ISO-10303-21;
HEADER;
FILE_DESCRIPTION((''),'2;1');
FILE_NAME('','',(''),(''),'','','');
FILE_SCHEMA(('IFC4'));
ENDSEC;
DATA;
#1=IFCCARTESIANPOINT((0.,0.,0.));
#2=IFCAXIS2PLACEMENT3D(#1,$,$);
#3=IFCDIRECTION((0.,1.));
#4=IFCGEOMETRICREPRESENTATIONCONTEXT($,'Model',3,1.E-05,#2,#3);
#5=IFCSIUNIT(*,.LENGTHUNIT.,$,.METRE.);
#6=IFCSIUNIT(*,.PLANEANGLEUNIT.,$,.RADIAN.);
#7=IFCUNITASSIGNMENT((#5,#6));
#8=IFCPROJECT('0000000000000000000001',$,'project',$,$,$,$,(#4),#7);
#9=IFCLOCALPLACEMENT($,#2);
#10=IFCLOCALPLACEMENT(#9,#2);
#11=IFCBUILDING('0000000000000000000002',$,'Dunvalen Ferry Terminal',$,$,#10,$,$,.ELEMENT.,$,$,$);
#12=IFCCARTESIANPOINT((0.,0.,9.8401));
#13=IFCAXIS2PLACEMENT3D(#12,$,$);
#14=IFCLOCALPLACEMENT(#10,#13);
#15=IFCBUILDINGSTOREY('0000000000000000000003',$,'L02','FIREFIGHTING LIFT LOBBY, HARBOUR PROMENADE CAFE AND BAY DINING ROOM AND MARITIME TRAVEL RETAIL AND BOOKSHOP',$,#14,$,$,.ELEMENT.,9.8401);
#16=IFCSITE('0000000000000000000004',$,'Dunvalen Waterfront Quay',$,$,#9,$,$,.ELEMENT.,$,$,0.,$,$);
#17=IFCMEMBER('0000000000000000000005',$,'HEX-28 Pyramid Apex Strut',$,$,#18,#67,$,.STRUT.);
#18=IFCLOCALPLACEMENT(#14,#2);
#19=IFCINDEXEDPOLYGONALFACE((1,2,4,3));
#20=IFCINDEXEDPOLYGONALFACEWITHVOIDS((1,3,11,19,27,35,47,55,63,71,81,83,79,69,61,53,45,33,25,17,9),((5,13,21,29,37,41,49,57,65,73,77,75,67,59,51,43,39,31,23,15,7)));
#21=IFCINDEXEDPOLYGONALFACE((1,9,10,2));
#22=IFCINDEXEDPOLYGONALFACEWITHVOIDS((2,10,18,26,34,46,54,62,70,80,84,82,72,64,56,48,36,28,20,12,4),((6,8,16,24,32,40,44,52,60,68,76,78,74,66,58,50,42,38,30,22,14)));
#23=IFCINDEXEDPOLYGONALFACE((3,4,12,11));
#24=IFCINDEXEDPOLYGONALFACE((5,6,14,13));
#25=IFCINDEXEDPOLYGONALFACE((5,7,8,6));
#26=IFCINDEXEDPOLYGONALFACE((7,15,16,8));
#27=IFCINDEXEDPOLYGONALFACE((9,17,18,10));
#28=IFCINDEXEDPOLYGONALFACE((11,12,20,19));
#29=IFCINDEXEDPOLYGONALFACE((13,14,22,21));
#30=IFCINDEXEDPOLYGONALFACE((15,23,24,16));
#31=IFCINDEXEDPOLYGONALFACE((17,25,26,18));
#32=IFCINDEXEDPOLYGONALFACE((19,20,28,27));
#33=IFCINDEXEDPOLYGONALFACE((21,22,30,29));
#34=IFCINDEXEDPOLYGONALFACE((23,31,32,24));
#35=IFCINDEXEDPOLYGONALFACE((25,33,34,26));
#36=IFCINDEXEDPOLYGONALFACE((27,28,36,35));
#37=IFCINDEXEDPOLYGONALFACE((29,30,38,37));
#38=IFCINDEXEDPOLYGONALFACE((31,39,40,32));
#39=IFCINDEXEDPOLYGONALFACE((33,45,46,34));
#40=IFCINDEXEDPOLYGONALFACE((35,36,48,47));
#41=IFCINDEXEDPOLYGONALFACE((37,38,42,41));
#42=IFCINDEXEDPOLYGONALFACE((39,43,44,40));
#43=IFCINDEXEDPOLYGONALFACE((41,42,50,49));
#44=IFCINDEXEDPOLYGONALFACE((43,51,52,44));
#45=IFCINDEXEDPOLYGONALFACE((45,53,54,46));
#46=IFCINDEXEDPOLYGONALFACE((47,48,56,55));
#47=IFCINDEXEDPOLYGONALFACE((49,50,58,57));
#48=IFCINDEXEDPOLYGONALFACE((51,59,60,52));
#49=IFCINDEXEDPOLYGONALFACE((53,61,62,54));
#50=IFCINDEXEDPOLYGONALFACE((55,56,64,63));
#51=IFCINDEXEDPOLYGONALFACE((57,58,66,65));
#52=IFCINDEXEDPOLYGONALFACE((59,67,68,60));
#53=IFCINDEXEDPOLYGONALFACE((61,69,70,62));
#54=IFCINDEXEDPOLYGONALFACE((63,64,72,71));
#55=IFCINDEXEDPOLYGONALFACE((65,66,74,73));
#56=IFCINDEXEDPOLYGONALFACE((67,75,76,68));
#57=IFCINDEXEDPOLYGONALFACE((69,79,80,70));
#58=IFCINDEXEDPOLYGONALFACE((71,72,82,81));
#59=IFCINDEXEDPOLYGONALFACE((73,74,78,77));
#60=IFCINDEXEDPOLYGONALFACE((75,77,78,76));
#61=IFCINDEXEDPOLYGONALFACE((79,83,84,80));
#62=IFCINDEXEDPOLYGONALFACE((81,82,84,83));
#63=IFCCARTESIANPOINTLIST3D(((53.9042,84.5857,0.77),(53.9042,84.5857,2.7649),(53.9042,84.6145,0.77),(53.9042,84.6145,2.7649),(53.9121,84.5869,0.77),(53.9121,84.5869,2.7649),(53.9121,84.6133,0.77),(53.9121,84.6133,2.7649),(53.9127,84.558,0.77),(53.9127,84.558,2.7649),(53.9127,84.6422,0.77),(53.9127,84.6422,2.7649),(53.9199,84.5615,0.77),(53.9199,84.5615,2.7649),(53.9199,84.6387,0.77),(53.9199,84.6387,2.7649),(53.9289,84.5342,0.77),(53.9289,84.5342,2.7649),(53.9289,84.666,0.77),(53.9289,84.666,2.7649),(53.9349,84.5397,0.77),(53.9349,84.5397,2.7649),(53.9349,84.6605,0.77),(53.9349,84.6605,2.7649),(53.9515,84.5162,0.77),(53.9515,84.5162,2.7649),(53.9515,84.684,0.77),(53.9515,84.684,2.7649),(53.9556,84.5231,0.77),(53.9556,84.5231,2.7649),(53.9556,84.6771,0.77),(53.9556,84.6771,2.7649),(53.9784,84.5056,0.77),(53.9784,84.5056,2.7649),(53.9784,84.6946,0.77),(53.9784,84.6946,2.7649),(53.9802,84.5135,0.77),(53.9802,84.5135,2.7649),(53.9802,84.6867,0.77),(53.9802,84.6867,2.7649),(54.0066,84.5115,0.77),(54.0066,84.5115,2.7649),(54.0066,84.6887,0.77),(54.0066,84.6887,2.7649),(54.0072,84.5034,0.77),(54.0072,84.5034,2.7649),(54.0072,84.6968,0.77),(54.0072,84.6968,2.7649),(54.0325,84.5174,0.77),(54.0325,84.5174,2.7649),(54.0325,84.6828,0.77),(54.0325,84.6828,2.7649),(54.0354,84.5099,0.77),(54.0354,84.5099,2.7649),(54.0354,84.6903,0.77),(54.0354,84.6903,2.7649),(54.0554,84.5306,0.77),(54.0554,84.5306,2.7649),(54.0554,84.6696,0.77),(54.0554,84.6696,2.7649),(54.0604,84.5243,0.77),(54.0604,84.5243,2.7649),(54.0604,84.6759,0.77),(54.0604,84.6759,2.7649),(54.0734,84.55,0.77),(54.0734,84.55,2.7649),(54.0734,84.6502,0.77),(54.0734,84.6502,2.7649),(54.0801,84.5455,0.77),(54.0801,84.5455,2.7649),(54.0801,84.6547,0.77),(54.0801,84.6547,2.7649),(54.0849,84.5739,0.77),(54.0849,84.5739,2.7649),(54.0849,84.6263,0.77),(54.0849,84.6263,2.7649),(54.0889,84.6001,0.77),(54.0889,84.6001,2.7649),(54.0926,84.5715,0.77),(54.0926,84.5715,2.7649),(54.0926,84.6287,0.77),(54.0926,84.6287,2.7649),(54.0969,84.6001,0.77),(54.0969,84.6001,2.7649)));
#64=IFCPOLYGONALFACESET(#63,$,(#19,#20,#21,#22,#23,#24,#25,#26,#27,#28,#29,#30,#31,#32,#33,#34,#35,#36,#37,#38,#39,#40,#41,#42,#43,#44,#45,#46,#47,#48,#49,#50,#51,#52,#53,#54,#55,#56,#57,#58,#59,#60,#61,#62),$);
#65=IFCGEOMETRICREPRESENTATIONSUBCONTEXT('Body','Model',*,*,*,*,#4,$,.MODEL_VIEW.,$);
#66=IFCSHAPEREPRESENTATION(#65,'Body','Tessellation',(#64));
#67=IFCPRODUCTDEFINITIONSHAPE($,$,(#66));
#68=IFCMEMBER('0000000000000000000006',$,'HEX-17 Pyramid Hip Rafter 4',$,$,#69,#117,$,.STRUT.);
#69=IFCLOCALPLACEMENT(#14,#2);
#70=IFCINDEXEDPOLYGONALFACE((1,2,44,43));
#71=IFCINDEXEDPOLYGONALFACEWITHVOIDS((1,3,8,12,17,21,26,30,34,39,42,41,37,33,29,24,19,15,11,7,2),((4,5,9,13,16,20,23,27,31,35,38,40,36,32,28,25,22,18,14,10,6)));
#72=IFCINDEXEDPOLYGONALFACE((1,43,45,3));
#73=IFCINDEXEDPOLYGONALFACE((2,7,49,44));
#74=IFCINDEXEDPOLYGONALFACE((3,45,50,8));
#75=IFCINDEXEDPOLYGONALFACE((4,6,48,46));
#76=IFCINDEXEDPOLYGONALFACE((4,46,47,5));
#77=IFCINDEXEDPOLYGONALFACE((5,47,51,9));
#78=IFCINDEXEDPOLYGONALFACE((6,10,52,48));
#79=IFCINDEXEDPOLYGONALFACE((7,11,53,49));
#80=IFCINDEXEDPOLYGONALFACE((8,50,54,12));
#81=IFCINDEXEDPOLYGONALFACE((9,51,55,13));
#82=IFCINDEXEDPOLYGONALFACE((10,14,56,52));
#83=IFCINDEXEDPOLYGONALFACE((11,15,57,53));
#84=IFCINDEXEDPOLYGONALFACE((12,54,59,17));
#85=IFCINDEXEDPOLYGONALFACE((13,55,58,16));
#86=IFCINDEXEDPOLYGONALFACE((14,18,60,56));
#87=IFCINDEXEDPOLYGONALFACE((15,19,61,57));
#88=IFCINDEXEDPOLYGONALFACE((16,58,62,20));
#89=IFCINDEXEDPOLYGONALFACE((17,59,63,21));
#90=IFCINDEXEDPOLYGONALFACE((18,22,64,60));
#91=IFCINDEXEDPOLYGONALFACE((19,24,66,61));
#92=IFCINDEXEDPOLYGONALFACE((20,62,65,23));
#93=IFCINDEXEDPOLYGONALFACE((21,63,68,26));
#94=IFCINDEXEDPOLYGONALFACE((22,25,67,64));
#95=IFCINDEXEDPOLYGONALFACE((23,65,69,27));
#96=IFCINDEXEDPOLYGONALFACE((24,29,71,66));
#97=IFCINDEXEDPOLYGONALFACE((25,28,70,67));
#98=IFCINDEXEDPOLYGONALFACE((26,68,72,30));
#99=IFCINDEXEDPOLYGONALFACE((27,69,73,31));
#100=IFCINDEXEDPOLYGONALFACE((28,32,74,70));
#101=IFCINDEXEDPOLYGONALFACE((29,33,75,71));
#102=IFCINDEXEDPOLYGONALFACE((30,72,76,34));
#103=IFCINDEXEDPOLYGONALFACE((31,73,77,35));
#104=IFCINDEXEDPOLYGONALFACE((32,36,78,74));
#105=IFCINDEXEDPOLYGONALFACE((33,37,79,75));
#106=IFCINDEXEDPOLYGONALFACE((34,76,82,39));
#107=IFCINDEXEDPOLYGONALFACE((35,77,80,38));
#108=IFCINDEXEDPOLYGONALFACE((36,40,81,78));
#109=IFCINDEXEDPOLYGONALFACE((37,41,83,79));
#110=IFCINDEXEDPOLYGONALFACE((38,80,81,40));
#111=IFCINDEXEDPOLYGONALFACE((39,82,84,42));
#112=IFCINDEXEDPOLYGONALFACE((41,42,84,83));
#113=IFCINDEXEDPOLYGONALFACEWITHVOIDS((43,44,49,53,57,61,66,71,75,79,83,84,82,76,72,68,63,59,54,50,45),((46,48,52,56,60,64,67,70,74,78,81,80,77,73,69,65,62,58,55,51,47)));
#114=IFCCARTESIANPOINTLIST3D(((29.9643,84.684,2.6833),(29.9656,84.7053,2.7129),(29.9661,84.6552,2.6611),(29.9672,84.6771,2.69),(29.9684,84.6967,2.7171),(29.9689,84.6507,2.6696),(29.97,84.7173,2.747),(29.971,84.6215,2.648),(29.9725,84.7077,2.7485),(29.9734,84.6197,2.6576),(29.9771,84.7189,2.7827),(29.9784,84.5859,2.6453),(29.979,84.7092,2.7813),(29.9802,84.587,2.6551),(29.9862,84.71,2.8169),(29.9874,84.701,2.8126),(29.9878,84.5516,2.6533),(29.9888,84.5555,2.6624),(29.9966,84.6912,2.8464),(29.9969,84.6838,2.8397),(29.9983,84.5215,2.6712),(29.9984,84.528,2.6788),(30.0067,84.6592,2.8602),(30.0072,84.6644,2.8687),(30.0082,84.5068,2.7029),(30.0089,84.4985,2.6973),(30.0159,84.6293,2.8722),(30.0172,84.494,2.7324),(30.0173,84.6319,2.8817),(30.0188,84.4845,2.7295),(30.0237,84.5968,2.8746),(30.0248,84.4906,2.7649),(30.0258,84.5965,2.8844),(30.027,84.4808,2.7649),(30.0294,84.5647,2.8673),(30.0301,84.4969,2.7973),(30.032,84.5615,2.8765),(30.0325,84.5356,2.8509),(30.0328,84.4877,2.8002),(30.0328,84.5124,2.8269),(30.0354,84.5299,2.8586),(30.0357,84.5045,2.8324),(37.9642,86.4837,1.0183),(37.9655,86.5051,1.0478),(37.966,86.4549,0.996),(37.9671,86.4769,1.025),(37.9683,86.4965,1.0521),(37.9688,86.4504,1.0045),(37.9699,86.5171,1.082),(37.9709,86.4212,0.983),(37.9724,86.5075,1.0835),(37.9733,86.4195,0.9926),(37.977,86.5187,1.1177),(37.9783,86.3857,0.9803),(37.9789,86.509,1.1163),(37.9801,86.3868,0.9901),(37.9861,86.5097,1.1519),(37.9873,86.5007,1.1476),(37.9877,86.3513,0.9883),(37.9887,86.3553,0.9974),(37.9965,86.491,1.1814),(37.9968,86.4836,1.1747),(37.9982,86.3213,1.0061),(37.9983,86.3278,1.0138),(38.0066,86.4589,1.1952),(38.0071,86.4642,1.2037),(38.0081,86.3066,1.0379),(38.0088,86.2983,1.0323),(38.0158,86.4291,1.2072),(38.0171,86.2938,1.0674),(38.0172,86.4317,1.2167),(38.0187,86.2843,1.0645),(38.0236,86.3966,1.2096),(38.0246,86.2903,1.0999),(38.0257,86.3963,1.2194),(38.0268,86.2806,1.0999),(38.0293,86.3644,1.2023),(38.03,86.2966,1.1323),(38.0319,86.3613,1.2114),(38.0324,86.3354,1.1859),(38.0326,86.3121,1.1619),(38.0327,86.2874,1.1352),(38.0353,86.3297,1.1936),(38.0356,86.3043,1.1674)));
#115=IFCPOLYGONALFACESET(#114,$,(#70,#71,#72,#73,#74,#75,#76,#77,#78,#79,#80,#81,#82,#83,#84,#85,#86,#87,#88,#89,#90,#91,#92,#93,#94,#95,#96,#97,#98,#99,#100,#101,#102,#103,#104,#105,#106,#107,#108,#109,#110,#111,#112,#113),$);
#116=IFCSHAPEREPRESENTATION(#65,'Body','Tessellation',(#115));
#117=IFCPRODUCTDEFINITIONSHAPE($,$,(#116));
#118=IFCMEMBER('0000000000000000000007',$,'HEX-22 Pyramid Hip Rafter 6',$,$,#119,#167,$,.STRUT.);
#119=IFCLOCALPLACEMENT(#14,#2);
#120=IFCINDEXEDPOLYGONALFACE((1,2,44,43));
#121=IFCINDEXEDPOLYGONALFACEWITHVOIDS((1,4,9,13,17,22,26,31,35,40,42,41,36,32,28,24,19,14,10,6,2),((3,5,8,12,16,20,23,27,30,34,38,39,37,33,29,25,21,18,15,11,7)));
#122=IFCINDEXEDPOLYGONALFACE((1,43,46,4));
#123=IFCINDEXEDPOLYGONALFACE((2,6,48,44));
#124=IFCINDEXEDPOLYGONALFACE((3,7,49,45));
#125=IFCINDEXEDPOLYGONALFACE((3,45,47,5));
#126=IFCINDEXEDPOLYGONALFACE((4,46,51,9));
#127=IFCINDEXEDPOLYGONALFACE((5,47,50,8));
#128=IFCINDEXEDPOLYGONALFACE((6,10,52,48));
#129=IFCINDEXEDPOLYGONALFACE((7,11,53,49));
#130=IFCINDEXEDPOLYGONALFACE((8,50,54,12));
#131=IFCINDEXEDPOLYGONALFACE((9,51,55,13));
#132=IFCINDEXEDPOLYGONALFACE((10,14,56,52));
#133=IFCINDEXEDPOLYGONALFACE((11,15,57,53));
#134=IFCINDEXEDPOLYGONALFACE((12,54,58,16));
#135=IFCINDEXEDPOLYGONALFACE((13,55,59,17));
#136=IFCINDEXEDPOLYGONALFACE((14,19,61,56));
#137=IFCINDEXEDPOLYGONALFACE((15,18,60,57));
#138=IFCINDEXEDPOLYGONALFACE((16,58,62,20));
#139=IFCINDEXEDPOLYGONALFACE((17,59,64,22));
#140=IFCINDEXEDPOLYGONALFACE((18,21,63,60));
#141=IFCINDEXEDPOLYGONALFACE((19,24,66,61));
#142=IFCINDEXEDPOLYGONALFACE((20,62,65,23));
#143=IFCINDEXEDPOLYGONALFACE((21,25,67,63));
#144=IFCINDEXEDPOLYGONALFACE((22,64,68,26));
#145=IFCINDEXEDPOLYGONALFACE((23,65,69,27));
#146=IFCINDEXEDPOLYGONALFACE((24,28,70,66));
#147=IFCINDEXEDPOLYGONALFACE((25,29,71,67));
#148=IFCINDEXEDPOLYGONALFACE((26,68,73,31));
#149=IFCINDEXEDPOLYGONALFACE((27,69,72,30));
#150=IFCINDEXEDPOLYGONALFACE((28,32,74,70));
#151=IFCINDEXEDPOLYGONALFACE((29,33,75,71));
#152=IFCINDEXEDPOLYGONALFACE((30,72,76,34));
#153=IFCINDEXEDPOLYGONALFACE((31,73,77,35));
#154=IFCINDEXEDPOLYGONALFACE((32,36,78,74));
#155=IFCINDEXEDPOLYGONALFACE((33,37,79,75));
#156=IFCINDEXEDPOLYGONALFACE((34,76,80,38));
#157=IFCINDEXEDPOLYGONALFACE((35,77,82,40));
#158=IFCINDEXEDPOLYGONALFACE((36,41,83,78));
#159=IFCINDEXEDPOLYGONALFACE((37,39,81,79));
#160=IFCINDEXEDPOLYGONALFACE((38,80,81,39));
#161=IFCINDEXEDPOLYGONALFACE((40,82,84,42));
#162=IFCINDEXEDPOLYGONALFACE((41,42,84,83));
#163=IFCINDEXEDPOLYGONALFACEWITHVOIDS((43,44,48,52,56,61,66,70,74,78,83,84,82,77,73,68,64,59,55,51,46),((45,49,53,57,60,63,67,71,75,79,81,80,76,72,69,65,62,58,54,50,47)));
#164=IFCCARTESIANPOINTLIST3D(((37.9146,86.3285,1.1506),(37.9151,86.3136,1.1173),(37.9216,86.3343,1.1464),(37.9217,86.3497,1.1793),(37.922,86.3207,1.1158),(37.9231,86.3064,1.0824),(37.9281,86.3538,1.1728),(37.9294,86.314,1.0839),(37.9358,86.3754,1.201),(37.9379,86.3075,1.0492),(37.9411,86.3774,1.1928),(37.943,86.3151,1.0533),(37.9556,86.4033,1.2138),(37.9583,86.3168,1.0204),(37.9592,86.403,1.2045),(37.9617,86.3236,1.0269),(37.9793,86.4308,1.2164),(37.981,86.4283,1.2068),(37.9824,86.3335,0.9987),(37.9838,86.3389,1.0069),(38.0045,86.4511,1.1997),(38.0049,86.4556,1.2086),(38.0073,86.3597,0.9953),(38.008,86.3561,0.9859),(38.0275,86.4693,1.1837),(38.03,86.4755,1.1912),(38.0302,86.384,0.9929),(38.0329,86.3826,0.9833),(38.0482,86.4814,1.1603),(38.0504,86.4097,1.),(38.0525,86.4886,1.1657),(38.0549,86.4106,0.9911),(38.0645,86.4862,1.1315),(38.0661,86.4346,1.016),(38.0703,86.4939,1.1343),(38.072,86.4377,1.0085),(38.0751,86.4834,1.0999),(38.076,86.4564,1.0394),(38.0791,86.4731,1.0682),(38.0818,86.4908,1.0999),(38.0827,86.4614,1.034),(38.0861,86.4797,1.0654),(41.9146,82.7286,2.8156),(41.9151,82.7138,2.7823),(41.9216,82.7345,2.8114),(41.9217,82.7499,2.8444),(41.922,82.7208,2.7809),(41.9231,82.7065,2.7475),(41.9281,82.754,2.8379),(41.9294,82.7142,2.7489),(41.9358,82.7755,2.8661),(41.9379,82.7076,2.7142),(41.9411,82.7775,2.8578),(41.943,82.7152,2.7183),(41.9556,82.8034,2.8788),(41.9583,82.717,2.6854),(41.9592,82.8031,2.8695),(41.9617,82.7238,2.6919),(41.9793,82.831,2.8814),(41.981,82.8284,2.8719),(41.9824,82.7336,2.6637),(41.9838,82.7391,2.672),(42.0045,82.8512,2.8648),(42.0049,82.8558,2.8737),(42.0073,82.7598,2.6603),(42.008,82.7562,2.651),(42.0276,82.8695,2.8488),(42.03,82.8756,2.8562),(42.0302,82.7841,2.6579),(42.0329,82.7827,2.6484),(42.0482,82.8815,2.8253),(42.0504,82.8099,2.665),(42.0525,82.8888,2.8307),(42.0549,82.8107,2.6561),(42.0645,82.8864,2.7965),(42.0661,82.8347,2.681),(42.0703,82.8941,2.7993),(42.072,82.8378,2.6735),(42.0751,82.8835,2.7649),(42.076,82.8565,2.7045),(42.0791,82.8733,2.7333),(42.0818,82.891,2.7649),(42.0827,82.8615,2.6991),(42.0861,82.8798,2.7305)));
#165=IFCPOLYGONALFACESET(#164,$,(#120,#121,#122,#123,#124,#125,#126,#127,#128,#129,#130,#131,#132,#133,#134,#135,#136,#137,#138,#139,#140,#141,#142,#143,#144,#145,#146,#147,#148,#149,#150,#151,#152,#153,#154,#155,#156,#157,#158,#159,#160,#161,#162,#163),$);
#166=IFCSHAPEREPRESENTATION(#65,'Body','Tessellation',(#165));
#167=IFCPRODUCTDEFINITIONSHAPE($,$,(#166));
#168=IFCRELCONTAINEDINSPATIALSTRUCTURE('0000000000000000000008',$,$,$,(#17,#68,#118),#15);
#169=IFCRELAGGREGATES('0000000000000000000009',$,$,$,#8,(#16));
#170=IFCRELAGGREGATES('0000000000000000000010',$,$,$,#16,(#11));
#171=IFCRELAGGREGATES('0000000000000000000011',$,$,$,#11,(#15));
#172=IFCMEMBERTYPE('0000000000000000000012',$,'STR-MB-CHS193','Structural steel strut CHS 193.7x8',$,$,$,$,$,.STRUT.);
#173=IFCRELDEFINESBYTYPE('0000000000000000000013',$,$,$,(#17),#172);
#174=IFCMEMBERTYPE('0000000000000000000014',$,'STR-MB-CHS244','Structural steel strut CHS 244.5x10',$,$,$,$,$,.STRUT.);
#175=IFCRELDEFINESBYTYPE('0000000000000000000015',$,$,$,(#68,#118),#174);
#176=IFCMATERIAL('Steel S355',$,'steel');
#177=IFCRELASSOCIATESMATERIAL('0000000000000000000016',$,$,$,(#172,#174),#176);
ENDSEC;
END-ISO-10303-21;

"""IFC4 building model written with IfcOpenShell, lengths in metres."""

from ifc_helpers import new_model, si_unit, direction, frame, origin, origin_2d, place, context, subcontext, project, spatial, hollow_circle, extrude, material, material_profile, profile_set, type_object, element, save


model = new_model("IFC4")

# Units and contexts
model_context = context("Model", 3, precision=1e-05, world=origin(), true_north=direction((0.0, 1.0)))
body_context = subcontext(model_context, "Body", "Model", "MODEL_VIEW")
ifc_project = project(units=[si_unit("LENGTHUNIT", "METRE"), si_unit("PLANEANGLEUNIT", "RADIAN")], contexts=[model_context])

# Site, building, storey
site_placement = place(None, origin())
site = spatial("IfcSite", under=ifc_project, at=site_placement, Name="Dunvalen Waterfront Quay", CompositionType="ELEMENT", RefElevation=0.0)
building_placement = place(site_placement, origin())
building = spatial("IfcBuilding", under=site, at=building_placement, Name="Dunvalen Ferry Terminal", CompositionType="ELEMENT")
storey_placement = place(building_placement, frame((0.0, 0.0, 9.8401)))
storey = spatial("IfcBuildingStorey", under=building, at=storey_placement, Name="L02", Description="FIREFIGHTING LIFT LOBBY, HARBOUR PROMENADE CAFE AND BAY DINING ROOM AND MARITIME TRAVEL RETAIL AND BOOKSHOP", CompositionType="ELEMENT", Elevation=9.8401)

# Shared definitions
ifc_material_1 = material(Name="Steel S355", Category="steel")

# Members
ifc_material_profile_1 = material_profile(ifc_material_1, hollow_circle(Radius=0.0969, WallThickness=0.0081, at=origin_2d()), Name="Steel S355")
ifc_profile_set_1 = profile_set([ifc_material_profile_1], Name="Steel S355")
member_type_1 = type_object("IfcMemberType", Name="STR-MB-CHS193", Description="Structural steel strut CHS 193.7x8", PredefinedType="STRUT", material=ifc_profile_set_1)
member_1_placement = place(storey_placement, frame((54.0, 84.6001, 0.77), z_axis=(0.0, 0.0, 1.0), x_axis=(1.0, 0.0, 0.0)))
element("IfcMember", 1, at=member_1_placement, inside=storey, type_object=member_type_1, Name="HEX-28 Pyramid Apex Strut", PredefinedType="STRUT", context=body_context, shape_type="SweptSolid", body=[
    extrude(hollow_circle(Radius=0.0969, WallThickness=0.0081, at=origin_2d()), origin(), (0.0, 0.0, 1.0), 1.9949),
])
ifc_material_profile_2 = material_profile(ifc_material_1, hollow_circle(Radius=0.1223, WallThickness=0.01, at=origin_2d()), Name="Steel S355")
ifc_profile_set_2 = profile_set([ifc_material_profile_2], Name="Steel S355")
member_type_2 = type_object("IfcMemberType", Name="STR-MB-CHS244", Description="Structural steel strut CHS 244.5x10", PredefinedType="STRUT", material=ifc_profile_set_2)
member_2_placement = place(storey_placement, frame((38.0, 86.3999, 1.0999), z_axis=(-0.956103, -0.2151, 0.198994), x_axis=(0.21949, -0.975615, 0.0)))
element("IfcMember", 2, at=member_2_placement, inside=storey, type_object=member_type_2, Name="HEX-17 Pyramid Hip Rafter 4", PredefinedType="STRUT", context=body_context, shape_type="SweptSolid", body=[
    extrude(hollow_circle(Radius=0.1223, WallThickness=0.01, at=origin_2d()), origin(), (0.0, 0.0, 1.0), 8.3672),
])
member_3_placement = place(storey_placement, frame((38.0, 86.3999, 1.0999), z_axis=(0.710094, -0.639059, 0.295584), x_axis=(0.66895, 0.743308, 0.0)))
element("IfcMember", 3, at=member_3_placement, inside=storey, type_object=member_type_2, Name="HEX-22 Pyramid Hip Rafter 6", PredefinedType="STRUT", context=body_context, shape_type="SweptSolid", body=[
    extrude(hollow_circle(Radius=0.1223, WallThickness=0.01, at=origin_2d()), origin(), (0.0, 0.0, 1.0), 5.6331),
])

save(model, "model.ifc")
